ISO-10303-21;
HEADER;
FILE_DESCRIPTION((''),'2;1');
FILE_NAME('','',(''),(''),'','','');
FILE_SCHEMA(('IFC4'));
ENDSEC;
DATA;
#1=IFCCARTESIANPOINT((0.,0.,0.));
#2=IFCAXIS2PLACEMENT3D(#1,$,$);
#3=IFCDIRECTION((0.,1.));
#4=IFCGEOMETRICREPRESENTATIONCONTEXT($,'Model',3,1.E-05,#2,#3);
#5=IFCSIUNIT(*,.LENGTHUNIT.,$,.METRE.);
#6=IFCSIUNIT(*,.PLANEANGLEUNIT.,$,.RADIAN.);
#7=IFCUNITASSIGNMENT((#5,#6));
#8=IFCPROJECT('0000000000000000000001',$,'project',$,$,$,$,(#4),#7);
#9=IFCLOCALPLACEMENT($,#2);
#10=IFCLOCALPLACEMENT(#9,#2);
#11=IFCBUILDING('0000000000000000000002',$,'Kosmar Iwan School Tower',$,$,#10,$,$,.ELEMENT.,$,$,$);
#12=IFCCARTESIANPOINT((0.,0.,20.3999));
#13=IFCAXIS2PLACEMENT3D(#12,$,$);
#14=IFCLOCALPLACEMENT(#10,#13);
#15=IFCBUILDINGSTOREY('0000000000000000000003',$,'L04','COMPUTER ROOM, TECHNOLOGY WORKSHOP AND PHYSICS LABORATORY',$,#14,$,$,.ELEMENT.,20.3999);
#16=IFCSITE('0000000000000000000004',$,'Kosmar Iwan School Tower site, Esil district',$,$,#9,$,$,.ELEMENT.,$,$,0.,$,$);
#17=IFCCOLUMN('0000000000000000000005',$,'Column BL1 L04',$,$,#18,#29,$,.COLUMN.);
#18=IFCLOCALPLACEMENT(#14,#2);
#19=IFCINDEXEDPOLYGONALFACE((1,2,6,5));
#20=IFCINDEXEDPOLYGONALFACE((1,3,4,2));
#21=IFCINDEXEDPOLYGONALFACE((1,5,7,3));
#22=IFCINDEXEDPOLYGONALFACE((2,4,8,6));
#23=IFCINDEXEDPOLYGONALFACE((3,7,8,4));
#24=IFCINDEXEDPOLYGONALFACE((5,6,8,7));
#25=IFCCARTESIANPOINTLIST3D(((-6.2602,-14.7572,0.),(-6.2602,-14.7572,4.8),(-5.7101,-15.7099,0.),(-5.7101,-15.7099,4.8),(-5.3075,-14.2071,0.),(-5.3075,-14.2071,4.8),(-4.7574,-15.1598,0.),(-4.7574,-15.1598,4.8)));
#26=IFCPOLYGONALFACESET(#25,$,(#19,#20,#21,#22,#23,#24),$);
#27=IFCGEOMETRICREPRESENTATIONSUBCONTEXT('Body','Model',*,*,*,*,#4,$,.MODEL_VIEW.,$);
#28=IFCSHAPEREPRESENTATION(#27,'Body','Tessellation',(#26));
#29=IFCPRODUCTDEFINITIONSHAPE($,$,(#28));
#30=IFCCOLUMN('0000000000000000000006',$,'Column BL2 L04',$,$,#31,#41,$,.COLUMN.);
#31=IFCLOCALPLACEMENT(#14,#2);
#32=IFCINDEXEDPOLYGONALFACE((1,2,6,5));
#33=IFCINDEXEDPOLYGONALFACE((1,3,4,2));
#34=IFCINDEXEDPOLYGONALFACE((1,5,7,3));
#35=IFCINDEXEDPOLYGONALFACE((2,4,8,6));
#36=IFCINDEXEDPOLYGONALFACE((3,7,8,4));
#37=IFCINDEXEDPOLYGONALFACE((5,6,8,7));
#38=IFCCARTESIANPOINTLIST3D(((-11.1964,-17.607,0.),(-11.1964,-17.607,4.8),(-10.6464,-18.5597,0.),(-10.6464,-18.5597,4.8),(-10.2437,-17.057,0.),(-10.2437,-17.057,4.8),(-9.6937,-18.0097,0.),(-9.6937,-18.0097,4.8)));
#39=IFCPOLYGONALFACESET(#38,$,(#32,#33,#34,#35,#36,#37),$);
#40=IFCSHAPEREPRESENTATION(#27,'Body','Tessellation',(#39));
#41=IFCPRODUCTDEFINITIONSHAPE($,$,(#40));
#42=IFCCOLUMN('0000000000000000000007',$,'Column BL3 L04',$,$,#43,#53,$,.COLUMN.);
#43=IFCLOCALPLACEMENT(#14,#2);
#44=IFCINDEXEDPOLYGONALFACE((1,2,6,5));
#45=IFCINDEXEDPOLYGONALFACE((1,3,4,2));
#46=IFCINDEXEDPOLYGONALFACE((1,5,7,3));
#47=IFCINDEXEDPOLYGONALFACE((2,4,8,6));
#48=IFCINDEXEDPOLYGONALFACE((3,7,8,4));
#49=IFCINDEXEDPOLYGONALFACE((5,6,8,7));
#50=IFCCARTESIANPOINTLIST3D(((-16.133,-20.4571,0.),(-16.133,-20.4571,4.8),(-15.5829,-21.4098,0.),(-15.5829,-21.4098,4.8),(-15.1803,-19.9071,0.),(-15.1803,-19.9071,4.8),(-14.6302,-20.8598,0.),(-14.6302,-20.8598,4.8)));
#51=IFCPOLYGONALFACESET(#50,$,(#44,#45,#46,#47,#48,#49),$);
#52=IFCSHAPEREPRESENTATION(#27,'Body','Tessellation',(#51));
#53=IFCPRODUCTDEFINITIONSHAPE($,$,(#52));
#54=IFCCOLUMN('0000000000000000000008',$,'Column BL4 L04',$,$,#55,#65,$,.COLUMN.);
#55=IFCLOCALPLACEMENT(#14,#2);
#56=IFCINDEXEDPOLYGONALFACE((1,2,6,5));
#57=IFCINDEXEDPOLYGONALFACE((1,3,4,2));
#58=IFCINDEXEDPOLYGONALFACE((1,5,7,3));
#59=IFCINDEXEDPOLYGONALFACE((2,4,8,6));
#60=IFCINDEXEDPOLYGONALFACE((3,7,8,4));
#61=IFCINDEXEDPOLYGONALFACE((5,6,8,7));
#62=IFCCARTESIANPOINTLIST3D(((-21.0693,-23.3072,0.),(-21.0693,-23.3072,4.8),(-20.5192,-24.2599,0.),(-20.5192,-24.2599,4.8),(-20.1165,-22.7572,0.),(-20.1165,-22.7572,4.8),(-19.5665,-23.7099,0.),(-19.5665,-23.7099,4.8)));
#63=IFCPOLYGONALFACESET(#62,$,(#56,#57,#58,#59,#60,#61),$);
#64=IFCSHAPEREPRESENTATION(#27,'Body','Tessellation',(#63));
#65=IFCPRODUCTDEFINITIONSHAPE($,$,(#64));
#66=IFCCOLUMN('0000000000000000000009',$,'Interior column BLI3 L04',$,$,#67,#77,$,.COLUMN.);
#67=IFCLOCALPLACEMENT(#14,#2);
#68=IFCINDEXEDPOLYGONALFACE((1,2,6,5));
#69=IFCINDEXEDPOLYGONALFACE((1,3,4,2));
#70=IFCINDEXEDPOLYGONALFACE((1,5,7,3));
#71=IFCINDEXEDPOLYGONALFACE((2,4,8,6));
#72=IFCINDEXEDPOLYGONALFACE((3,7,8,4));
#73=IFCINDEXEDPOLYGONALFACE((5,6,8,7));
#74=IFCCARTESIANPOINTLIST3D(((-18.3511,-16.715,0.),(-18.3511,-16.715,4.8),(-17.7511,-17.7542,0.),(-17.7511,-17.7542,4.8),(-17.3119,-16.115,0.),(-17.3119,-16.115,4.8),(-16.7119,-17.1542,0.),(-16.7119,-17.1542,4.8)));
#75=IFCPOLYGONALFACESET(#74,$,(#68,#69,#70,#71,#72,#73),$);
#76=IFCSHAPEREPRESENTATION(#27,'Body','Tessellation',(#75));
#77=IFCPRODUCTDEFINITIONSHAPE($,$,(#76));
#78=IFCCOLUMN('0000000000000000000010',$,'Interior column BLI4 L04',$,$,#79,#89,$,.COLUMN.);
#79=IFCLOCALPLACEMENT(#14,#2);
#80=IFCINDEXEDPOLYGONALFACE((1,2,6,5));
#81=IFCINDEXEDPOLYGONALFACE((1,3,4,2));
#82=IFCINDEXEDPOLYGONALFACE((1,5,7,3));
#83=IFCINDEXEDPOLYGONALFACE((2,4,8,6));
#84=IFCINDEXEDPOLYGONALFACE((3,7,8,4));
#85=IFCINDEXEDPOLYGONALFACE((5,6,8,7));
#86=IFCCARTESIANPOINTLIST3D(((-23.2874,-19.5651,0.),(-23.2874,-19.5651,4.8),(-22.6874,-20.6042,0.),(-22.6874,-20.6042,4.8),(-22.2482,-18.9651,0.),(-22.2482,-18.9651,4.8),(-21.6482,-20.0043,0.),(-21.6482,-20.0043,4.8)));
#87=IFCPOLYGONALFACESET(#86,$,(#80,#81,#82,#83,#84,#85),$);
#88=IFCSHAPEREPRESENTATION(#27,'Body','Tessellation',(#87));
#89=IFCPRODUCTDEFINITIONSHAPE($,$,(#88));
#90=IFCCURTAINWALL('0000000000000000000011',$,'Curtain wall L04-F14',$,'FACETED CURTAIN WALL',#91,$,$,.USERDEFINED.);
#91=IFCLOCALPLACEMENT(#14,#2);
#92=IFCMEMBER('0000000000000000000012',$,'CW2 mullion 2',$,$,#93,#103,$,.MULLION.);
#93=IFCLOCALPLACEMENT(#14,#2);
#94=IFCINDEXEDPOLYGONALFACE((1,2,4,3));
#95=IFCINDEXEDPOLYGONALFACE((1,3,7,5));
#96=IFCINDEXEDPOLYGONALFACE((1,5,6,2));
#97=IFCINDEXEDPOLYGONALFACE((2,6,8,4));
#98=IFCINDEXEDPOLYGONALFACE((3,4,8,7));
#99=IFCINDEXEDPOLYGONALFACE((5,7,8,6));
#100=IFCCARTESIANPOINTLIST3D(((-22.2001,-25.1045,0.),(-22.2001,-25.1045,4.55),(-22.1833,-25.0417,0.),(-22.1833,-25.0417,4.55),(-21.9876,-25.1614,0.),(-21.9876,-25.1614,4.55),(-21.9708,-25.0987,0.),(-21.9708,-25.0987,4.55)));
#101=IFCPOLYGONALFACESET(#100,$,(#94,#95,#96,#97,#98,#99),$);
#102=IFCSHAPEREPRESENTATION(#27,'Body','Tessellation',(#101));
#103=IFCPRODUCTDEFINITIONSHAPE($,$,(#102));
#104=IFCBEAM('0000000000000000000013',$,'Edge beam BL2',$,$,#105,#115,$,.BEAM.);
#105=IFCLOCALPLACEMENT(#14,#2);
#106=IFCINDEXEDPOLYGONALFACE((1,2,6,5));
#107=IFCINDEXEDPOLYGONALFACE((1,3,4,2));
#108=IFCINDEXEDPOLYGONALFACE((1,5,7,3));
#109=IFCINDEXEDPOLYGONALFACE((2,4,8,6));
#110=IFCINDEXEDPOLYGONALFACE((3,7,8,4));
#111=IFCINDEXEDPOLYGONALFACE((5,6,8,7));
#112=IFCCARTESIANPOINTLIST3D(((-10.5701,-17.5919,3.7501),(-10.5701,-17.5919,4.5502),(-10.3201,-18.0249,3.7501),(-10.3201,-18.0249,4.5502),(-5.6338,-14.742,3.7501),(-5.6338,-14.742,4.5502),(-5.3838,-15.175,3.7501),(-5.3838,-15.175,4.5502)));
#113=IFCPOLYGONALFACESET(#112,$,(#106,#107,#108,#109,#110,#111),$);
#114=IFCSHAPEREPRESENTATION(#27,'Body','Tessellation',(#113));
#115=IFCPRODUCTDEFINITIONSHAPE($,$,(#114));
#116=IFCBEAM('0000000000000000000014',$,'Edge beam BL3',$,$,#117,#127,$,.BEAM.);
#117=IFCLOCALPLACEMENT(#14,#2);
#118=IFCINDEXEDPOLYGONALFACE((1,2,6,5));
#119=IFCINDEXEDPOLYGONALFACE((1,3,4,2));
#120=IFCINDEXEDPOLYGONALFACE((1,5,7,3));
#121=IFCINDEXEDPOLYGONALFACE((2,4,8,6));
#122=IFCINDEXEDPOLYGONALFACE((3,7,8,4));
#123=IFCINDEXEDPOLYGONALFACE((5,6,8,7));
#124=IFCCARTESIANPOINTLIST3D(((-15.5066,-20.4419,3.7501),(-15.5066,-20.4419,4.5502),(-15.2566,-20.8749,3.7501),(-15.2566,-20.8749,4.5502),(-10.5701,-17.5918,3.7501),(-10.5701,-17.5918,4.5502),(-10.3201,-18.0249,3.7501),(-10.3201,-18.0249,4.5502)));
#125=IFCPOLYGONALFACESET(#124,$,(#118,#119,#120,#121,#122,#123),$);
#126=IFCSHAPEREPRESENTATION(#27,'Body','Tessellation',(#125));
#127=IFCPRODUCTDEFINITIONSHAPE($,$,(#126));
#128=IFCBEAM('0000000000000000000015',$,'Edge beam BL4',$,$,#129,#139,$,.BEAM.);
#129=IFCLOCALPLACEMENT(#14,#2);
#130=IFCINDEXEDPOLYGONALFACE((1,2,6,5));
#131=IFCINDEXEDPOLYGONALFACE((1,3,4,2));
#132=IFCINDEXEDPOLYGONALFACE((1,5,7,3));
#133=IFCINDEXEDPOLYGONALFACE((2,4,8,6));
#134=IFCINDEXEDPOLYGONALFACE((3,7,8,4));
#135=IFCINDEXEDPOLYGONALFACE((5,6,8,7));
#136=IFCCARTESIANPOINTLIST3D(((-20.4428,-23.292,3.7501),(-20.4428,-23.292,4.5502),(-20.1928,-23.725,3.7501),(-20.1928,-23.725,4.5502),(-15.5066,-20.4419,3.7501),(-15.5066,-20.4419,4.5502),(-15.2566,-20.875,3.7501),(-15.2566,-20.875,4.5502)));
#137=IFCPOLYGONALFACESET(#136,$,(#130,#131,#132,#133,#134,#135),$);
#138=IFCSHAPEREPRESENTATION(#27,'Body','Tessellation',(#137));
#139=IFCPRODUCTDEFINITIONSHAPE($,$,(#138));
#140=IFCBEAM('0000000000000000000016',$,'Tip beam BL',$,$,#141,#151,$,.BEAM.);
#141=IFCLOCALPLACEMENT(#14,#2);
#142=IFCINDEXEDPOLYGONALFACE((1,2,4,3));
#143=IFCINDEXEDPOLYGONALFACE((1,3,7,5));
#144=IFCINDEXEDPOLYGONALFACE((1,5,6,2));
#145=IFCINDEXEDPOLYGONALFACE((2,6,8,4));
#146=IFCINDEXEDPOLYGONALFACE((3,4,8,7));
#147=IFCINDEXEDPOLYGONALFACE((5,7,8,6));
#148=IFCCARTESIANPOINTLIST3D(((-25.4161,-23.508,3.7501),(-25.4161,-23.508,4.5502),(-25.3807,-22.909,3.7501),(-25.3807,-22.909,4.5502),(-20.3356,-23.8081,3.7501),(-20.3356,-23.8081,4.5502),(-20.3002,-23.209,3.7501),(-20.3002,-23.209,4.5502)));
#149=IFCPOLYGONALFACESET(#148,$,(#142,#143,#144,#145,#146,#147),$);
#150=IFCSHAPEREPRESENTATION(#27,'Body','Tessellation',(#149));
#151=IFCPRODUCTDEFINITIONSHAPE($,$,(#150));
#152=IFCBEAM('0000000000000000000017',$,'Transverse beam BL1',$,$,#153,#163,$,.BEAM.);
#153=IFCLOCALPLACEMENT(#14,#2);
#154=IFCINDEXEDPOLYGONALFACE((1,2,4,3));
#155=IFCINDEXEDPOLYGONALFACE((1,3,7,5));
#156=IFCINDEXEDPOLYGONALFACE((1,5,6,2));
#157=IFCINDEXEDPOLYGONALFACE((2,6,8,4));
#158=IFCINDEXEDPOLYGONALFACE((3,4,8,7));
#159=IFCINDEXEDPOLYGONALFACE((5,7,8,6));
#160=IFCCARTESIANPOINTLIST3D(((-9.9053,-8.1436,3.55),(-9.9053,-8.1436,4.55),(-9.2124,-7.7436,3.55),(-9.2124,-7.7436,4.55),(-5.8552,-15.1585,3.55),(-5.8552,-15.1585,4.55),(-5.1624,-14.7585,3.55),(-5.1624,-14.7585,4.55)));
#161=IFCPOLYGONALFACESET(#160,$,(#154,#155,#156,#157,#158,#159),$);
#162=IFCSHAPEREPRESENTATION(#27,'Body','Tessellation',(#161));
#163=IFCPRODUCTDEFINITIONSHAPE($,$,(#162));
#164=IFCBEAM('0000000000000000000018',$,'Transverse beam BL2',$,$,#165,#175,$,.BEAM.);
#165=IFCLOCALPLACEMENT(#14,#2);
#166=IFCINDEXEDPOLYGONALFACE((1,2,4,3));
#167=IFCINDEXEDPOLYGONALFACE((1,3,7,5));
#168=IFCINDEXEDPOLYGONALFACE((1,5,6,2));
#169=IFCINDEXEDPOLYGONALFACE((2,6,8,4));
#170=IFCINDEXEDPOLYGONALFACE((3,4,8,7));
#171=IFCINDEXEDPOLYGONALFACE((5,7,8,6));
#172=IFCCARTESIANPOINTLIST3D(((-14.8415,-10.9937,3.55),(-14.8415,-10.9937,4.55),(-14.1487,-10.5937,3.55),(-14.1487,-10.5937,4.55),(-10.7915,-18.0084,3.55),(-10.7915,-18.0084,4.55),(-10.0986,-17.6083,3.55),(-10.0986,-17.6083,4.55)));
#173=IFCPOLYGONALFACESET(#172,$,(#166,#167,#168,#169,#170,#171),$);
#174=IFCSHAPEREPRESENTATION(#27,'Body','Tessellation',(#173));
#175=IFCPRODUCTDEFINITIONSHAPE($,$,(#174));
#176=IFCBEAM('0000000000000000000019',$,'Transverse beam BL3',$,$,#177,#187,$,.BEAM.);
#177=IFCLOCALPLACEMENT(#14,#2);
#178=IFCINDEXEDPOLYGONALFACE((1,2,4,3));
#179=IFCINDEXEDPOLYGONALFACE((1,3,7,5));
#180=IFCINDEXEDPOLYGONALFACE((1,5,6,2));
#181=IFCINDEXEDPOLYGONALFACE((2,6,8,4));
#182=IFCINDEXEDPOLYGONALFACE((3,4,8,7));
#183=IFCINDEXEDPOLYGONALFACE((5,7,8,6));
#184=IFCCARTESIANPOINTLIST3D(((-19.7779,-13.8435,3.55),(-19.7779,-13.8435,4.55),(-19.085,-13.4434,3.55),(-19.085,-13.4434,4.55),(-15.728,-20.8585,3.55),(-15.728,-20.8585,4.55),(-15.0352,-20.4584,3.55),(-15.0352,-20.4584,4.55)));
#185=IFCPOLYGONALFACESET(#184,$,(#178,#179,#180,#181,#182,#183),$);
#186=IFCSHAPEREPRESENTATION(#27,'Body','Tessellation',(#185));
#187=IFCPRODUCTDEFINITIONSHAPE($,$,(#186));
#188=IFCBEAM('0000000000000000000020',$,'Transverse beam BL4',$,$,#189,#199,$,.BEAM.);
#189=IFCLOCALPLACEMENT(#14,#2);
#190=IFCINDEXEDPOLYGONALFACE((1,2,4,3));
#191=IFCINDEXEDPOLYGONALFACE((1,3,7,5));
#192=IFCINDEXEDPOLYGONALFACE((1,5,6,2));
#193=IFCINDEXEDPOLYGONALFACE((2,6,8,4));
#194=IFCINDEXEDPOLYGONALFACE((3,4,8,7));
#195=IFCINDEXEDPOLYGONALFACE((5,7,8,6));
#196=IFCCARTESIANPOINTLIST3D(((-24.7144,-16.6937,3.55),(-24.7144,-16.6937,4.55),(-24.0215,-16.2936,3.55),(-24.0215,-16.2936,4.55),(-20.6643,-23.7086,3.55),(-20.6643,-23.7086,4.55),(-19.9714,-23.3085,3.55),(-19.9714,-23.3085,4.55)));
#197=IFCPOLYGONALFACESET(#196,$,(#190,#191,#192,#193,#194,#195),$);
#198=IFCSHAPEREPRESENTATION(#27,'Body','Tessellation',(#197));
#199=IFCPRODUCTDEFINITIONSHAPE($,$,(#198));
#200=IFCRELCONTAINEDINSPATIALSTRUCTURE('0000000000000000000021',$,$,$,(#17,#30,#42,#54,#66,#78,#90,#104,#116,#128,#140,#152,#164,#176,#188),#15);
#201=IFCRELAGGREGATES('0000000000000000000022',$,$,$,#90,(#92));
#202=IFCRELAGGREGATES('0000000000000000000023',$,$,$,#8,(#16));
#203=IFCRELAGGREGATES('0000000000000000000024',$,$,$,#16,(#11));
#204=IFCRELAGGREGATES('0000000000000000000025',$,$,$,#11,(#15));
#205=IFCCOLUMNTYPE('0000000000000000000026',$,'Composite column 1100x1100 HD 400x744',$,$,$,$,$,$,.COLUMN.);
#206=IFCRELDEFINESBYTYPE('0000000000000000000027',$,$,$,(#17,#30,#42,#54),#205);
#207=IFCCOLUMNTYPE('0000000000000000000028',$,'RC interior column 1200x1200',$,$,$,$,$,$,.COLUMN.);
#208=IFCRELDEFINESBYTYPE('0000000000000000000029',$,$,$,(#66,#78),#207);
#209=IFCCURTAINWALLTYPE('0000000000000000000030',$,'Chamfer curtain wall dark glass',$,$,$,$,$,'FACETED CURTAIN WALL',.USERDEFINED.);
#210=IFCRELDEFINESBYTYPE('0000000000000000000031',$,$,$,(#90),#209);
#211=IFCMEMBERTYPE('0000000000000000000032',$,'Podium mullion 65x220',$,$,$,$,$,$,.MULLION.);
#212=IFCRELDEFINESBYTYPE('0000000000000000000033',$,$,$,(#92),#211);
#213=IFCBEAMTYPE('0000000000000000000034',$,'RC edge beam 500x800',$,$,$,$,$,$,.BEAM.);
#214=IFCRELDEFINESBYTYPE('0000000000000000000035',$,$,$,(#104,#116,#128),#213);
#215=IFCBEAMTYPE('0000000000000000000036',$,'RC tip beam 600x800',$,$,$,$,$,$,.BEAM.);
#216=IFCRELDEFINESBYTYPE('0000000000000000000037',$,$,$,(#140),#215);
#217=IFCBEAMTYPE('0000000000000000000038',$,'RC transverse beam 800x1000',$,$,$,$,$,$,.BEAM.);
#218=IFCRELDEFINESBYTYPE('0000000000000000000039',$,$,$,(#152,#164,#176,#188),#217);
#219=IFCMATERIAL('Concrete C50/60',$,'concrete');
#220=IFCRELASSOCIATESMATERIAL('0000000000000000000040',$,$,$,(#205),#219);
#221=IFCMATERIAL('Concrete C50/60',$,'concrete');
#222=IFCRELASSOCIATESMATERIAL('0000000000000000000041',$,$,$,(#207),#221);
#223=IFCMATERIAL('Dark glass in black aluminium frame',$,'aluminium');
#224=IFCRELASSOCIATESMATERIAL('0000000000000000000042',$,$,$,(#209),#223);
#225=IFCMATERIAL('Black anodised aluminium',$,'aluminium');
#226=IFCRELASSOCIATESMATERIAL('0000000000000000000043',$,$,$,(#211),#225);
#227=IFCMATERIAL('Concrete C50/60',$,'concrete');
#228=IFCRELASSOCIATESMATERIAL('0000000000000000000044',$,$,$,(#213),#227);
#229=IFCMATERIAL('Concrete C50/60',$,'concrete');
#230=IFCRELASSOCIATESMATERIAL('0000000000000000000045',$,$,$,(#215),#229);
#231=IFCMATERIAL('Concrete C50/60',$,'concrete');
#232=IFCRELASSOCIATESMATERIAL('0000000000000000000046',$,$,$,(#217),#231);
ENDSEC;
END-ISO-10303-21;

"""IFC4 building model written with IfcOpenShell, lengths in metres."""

from ifc_helpers import new_model, si_unit, direction, frame, origin, origin_2d, place, context, subcontext, project, spatial, rectangle, extrude, material, material_profile, profile_set, type_object, element, aggregate, save


model = new_model("IFC4")

# Units and contexts
model_context = context("Model", 3, precision=1e-05, world=origin(), true_north=direction((0.0, 1.0)))
body_context = subcontext(model_context, "Body", "Model", "MODEL_VIEW")
ifc_project = project(units=[si_unit("LENGTHUNIT", "METRE"), si_unit("PLANEANGLEUNIT", "RADIAN")], contexts=[model_context])

# Site, building, storey
site_placement = place(None, origin())
site = spatial("IfcSite", under=ifc_project, at=site_placement, Name="Kosmar Iwan School Tower site, Esil district", CompositionType="ELEMENT", RefElevation=0.0)
building_placement = place(site_placement, origin())
building = spatial("IfcBuilding", under=site, at=building_placement, Name="Kosmar Iwan School Tower", CompositionType="ELEMENT")
storey_placement = place(building_placement, frame((0.0, 0.0, 20.3999)))
storey = spatial("IfcBuildingStorey", under=building, at=storey_placement, Name="L04", Description="COMPUTER ROOM, TECHNOLOGY WORKSHOP AND PHYSICS LABORATORY", CompositionType="ELEMENT", Elevation=20.3999)

# Columns
ifc_material_1 = material(Name="Concrete C50/60", Category="concrete")
ifc_material_profile_1 = material_profile(ifc_material_1, rectangle(XDim=1.1001, YDim=1.1001, at=origin_2d()), Name="RC 1100x1100 + HD 400x744")
ifc_profile_set_1 = profile_set([ifc_material_profile_1], Name="Concrete C50/60")
column_type_1 = type_object("IfcColumnType", Name="Composite column 1100x1100 HD 400x744", PredefinedType="COLUMN", material=ifc_profile_set_1)
for number, where, z_axis, x_axis, name in (
    (1, (-5.5088, -14.9585, 0.0), (0.0, 0.0, 1.0), (-0.866025, -0.5, 0.0), "Column BL1 L04"),
    (2, (-10.4451, -17.8083, 0.0), (0.0, 0.0, 1.0), (-0.866025, -0.5, 0.0), "Column BL2 L04"),
    (3, (-15.3816, -20.6584, 0.0), (0.0, 0.0, 1.0), (-0.866025, -0.5, 0.0), "Column BL3 L04"),
    (4, (-20.3179, -23.5085, 0.0), (0.0, 0.0, 1.0), (-0.866025, -0.5, 0.0), "Column BL4 L04"),
):
    element("IfcColumn", number, at=place(storey_placement, frame(where, z_axis=z_axis, x_axis=x_axis)), inside=storey, type_object=column_type_1, Name=name, PredefinedType="COLUMN", context=body_context, shape_type="SweptSolid", body=[
        extrude(rectangle(XDim=1.1001, YDim=1.1001, at=origin_2d()), origin(), (0.0, 0.0, 1.0), 4.8),
    ])
ifc_material_2 = material(Name="Concrete C50/60", Category="concrete")
ifc_material_profile_2 = material_profile(ifc_material_2, rectangle(XDim=1.2, YDim=1.2, at=origin_2d()), Name="RC 1200x1200")
ifc_profile_set_2 = profile_set([ifc_material_profile_2], Name="Concrete C50/60")
column_type_2 = type_object("IfcColumnType", Name="RC interior column 1200x1200", PredefinedType="COLUMN", material=ifc_profile_set_2)
for number, where, z_axis, x_axis, name in (
    (5, (-17.5315, -16.9346, 0.0), (0.0, 0.0, 1.0), (-0.866025, -0.5, 0.0), "Interior column BLI3 L04"),
    (6, (-22.4678, -19.7847, 0.0), (0.0, 0.0, 1.0), (-0.866025, -0.5, 0.0), "Interior column BLI4 L04"),
):
    element("IfcColumn", number, at=place(storey_placement, frame(where, z_axis=z_axis, x_axis=x_axis)), inside=storey, type_object=column_type_2, Name=name, PredefinedType="COLUMN", context=body_context, shape_type="SweptSolid", body=[
        extrude(rectangle(XDim=1.2, YDim=1.2, at=origin_2d()), origin(), (0.0, 0.0, 1.0), 4.8),
    ])

# Curtain wall, member
ifc_material_3 = material(Name="Dark glass in black aluminium frame", Category="aluminium")
curtain_wall_type = type_object("IfcCurtainWallType", Name="Chamfer curtain wall dark glass", ElementType="FACETED CURTAIN WALL", PredefinedType="USERDEFINED", material=ifc_material_3)
curtain_wall_placement = place(storey_placement, origin())
curtain_wall = element("IfcCurtainWall", 7, at=curtain_wall_placement, inside=storey, type_object=curtain_wall_type, Name="Curtain wall L04-F14", ObjectType="FACETED CURTAIN WALL", PredefinedType="USERDEFINED")
ifc_material_4 = material(Name="Black anodised aluminium", Category="aluminium")
ifc_material_profile_3 = material_profile(ifc_material_4, rectangle(XDim=0.0649, YDim=0.22, at=origin_2d()), Name="MULLION 65x220")
ifc_profile_set_3 = profile_set([ifc_material_profile_3], Name="Black anodised aluminium")
member_type = type_object("IfcMemberType", Name="Podium mullion 65x220", PredefinedType="MULLION", material=ifc_profile_set_3)
member_placement = place(storey_placement, frame((-22.0854, -25.1016, 0.0), z_axis=(0.0, 0.0, 1.0), x_axis=(0.258819, 0.965926, 0.0)))
member = element("IfcMember", 8, at=member_placement, type_object=member_type, Name="CW2 mullion 2", PredefinedType="MULLION", context=body_context, shape_type="SweptSolid", body=[
    extrude(rectangle(XDim=0.0649, YDim=0.22, at=origin_2d()), origin(), (0.0, 0.0, 1.0), 4.55),
])
aggregate(curtain_wall, [member])

# Beams
ifc_material_5 = material(Name="Concrete C50/60", Category="concrete")
ifc_material_profile_4 = material_profile(ifc_material_5, rectangle(XDim=0.5, YDim=0.8, at=origin_2d()), Name="RC 500x800")
ifc_profile_set_4 = profile_set([ifc_material_profile_4], Name="Concrete C50/60")
beam_type_1 = type_object("IfcBeamType", Name="RC edge beam 500x800", PredefinedType="BEAM", material=ifc_profile_set_4)
beam_1_placement = place(storey_placement, frame((-5.5088, -14.9585, 4.1501), z_axis=(-0.866034, -0.499986, 0.0), x_axis=(0.499986, -0.866034, 0.0)))
element("IfcBeam", 9, at=beam_1_placement, inside=storey, type_object=beam_type_1, Name="Edge beam BL2", PredefinedType="BEAM", context=body_context, shape_type="SweptSolid", body=[
    extrude(rectangle(XDim=0.5, YDim=0.8, at=origin_2d()), origin(), (0.0, 0.0, 1.0), 5.7),
])
beam_2_placement = place(storey_placement, frame((-10.4451, -17.8083, 4.1501), z_axis=(-0.866026, -0.499999, 0.0), x_axis=(0.499999, -0.866026, 0.0)))
element("IfcBeam", 10, at=beam_2_placement, inside=storey, type_object=beam_type_1, Name="Edge beam BL3", PredefinedType="BEAM", context=body_context, shape_type="SweptSolid", body=[
    extrude(rectangle(XDim=0.5, YDim=0.8, at=origin_2d()), origin(), (0.0, 0.0, 1.0), 5.7002),
])
beam_3_placement = place(storey_placement, frame((-15.3816, -20.6584, 4.1501), z_axis=(-0.866015, -0.500018, 0.0), x_axis=(0.500018, -0.866015, 0.0)))
element("IfcBeam", 11, at=beam_3_placement, inside=storey, type_object=beam_type_1, Name="Edge beam BL4", PredefinedType="BEAM", context=body_context, shape_type="SweptSolid", body=[
    extrude(rectangle(XDim=0.5, YDim=0.8, at=origin_2d()), origin(), (0.0, 0.0, 1.0), 5.7),
])
ifc_material_6 = material(Name="Concrete C50/60", Category="concrete")
ifc_material_profile_5 = material_profile(ifc_material_6, rectangle(XDim=0.6001, YDim=0.8, at=origin_2d()), Name="RC 600x800")
ifc_profile_set_5 = profile_set([ifc_material_profile_5], Name="Concrete C50/60")
beam_type_2 = type_object("IfcBeamType", Name="RC tip beam 600x800", PredefinedType="BEAM", material=ifc_profile_set_5)
beam_4_placement = place(storey_placement, frame((-20.3179, -23.5085, 4.1501), z_axis=(-0.998261, 0.058955, 0.0), x_axis=(-0.058955, -0.998261, 0.0)))
element("IfcBeam", 12, at=beam_4_placement, inside=storey, type_object=beam_type_2, Name="Tip beam BL", PredefinedType="BEAM", context=body_context, shape_type="SweptSolid", body=[
    extrude(rectangle(XDim=0.6001, YDim=0.8, at=origin_2d()), origin(), (0.0, 0.0, 1.0), 5.0894),
])
ifc_material_7 = material(Name="Concrete C50/60", Category="concrete")
ifc_material_profile_6 = material_profile(ifc_material_7, rectangle(XDim=0.8, YDim=1.0, at=origin_2d()), Name="RC 800x1000")
ifc_profile_set_6 = profile_set([ifc_material_profile_6], Name="Concrete C50/60")
beam_type_3 = type_object("IfcBeamType", Name="RC transverse beam 800x1000", PredefinedType="BEAM", material=ifc_profile_set_6)
beam_5_placement = place(storey_placement, frame((-5.5088, -14.9585, 4.05), z_axis=(-0.5, 0.866025, 0.0), x_axis=(-0.866025, -0.5, 0.0)))
element("IfcBeam", 13, at=beam_5_placement, inside=storey, type_object=beam_type_3, Name="Transverse beam BL1", PredefinedType="BEAM", context=body_context, shape_type="SweptSolid", body=[
    extrude(rectangle(XDim=0.8, YDim=1.0, at=origin_2d()), origin(), (0.0, 0.0, 1.0), 8.1001),
])
beam_6_placement = place(storey_placement, frame((-10.4451, -17.8083, 4.05), z_axis=(-0.500013, 0.866018, 0.0), x_axis=(-0.866018, -0.500013, 0.0)))
element("IfcBeam", 14, at=beam_6_placement, inside=storey, type_object=beam_type_3, Name="Transverse beam BL2", PredefinedType="BEAM", context=body_context, shape_type="SweptSolid", body=[
    extrude(rectangle(XDim=0.8, YDim=1.0, at=origin_2d()), origin(), (0.0, 0.0, 1.0), 8.0999),
])
for number, where, z_axis, x_axis, name in (
    (15, (-15.3816, -20.6584, 4.05), (-0.499977, 0.866039, 0.0), (-0.866039, -0.499977, 0.0), "Transverse beam BL3"),
    (16, (-20.3179, -23.5085, 4.05), (-0.5, 0.866025, 0.0), (-0.866025, -0.5, 0.0), "Transverse beam BL4"),
):
    element("IfcBeam", number, at=place(storey_placement, frame(where, z_axis=z_axis, x_axis=x_axis)), inside=storey, type_object=beam_type_3, Name=name, PredefinedType="BEAM", context=body_context, shape_type="SweptSolid", body=[
        extrude(rectangle(XDim=0.8, YDim=1.0, at=origin_2d()), origin(), (0.0, 0.0, 1.0), 8.1001),
    ])

save(model, "model.ifc")
